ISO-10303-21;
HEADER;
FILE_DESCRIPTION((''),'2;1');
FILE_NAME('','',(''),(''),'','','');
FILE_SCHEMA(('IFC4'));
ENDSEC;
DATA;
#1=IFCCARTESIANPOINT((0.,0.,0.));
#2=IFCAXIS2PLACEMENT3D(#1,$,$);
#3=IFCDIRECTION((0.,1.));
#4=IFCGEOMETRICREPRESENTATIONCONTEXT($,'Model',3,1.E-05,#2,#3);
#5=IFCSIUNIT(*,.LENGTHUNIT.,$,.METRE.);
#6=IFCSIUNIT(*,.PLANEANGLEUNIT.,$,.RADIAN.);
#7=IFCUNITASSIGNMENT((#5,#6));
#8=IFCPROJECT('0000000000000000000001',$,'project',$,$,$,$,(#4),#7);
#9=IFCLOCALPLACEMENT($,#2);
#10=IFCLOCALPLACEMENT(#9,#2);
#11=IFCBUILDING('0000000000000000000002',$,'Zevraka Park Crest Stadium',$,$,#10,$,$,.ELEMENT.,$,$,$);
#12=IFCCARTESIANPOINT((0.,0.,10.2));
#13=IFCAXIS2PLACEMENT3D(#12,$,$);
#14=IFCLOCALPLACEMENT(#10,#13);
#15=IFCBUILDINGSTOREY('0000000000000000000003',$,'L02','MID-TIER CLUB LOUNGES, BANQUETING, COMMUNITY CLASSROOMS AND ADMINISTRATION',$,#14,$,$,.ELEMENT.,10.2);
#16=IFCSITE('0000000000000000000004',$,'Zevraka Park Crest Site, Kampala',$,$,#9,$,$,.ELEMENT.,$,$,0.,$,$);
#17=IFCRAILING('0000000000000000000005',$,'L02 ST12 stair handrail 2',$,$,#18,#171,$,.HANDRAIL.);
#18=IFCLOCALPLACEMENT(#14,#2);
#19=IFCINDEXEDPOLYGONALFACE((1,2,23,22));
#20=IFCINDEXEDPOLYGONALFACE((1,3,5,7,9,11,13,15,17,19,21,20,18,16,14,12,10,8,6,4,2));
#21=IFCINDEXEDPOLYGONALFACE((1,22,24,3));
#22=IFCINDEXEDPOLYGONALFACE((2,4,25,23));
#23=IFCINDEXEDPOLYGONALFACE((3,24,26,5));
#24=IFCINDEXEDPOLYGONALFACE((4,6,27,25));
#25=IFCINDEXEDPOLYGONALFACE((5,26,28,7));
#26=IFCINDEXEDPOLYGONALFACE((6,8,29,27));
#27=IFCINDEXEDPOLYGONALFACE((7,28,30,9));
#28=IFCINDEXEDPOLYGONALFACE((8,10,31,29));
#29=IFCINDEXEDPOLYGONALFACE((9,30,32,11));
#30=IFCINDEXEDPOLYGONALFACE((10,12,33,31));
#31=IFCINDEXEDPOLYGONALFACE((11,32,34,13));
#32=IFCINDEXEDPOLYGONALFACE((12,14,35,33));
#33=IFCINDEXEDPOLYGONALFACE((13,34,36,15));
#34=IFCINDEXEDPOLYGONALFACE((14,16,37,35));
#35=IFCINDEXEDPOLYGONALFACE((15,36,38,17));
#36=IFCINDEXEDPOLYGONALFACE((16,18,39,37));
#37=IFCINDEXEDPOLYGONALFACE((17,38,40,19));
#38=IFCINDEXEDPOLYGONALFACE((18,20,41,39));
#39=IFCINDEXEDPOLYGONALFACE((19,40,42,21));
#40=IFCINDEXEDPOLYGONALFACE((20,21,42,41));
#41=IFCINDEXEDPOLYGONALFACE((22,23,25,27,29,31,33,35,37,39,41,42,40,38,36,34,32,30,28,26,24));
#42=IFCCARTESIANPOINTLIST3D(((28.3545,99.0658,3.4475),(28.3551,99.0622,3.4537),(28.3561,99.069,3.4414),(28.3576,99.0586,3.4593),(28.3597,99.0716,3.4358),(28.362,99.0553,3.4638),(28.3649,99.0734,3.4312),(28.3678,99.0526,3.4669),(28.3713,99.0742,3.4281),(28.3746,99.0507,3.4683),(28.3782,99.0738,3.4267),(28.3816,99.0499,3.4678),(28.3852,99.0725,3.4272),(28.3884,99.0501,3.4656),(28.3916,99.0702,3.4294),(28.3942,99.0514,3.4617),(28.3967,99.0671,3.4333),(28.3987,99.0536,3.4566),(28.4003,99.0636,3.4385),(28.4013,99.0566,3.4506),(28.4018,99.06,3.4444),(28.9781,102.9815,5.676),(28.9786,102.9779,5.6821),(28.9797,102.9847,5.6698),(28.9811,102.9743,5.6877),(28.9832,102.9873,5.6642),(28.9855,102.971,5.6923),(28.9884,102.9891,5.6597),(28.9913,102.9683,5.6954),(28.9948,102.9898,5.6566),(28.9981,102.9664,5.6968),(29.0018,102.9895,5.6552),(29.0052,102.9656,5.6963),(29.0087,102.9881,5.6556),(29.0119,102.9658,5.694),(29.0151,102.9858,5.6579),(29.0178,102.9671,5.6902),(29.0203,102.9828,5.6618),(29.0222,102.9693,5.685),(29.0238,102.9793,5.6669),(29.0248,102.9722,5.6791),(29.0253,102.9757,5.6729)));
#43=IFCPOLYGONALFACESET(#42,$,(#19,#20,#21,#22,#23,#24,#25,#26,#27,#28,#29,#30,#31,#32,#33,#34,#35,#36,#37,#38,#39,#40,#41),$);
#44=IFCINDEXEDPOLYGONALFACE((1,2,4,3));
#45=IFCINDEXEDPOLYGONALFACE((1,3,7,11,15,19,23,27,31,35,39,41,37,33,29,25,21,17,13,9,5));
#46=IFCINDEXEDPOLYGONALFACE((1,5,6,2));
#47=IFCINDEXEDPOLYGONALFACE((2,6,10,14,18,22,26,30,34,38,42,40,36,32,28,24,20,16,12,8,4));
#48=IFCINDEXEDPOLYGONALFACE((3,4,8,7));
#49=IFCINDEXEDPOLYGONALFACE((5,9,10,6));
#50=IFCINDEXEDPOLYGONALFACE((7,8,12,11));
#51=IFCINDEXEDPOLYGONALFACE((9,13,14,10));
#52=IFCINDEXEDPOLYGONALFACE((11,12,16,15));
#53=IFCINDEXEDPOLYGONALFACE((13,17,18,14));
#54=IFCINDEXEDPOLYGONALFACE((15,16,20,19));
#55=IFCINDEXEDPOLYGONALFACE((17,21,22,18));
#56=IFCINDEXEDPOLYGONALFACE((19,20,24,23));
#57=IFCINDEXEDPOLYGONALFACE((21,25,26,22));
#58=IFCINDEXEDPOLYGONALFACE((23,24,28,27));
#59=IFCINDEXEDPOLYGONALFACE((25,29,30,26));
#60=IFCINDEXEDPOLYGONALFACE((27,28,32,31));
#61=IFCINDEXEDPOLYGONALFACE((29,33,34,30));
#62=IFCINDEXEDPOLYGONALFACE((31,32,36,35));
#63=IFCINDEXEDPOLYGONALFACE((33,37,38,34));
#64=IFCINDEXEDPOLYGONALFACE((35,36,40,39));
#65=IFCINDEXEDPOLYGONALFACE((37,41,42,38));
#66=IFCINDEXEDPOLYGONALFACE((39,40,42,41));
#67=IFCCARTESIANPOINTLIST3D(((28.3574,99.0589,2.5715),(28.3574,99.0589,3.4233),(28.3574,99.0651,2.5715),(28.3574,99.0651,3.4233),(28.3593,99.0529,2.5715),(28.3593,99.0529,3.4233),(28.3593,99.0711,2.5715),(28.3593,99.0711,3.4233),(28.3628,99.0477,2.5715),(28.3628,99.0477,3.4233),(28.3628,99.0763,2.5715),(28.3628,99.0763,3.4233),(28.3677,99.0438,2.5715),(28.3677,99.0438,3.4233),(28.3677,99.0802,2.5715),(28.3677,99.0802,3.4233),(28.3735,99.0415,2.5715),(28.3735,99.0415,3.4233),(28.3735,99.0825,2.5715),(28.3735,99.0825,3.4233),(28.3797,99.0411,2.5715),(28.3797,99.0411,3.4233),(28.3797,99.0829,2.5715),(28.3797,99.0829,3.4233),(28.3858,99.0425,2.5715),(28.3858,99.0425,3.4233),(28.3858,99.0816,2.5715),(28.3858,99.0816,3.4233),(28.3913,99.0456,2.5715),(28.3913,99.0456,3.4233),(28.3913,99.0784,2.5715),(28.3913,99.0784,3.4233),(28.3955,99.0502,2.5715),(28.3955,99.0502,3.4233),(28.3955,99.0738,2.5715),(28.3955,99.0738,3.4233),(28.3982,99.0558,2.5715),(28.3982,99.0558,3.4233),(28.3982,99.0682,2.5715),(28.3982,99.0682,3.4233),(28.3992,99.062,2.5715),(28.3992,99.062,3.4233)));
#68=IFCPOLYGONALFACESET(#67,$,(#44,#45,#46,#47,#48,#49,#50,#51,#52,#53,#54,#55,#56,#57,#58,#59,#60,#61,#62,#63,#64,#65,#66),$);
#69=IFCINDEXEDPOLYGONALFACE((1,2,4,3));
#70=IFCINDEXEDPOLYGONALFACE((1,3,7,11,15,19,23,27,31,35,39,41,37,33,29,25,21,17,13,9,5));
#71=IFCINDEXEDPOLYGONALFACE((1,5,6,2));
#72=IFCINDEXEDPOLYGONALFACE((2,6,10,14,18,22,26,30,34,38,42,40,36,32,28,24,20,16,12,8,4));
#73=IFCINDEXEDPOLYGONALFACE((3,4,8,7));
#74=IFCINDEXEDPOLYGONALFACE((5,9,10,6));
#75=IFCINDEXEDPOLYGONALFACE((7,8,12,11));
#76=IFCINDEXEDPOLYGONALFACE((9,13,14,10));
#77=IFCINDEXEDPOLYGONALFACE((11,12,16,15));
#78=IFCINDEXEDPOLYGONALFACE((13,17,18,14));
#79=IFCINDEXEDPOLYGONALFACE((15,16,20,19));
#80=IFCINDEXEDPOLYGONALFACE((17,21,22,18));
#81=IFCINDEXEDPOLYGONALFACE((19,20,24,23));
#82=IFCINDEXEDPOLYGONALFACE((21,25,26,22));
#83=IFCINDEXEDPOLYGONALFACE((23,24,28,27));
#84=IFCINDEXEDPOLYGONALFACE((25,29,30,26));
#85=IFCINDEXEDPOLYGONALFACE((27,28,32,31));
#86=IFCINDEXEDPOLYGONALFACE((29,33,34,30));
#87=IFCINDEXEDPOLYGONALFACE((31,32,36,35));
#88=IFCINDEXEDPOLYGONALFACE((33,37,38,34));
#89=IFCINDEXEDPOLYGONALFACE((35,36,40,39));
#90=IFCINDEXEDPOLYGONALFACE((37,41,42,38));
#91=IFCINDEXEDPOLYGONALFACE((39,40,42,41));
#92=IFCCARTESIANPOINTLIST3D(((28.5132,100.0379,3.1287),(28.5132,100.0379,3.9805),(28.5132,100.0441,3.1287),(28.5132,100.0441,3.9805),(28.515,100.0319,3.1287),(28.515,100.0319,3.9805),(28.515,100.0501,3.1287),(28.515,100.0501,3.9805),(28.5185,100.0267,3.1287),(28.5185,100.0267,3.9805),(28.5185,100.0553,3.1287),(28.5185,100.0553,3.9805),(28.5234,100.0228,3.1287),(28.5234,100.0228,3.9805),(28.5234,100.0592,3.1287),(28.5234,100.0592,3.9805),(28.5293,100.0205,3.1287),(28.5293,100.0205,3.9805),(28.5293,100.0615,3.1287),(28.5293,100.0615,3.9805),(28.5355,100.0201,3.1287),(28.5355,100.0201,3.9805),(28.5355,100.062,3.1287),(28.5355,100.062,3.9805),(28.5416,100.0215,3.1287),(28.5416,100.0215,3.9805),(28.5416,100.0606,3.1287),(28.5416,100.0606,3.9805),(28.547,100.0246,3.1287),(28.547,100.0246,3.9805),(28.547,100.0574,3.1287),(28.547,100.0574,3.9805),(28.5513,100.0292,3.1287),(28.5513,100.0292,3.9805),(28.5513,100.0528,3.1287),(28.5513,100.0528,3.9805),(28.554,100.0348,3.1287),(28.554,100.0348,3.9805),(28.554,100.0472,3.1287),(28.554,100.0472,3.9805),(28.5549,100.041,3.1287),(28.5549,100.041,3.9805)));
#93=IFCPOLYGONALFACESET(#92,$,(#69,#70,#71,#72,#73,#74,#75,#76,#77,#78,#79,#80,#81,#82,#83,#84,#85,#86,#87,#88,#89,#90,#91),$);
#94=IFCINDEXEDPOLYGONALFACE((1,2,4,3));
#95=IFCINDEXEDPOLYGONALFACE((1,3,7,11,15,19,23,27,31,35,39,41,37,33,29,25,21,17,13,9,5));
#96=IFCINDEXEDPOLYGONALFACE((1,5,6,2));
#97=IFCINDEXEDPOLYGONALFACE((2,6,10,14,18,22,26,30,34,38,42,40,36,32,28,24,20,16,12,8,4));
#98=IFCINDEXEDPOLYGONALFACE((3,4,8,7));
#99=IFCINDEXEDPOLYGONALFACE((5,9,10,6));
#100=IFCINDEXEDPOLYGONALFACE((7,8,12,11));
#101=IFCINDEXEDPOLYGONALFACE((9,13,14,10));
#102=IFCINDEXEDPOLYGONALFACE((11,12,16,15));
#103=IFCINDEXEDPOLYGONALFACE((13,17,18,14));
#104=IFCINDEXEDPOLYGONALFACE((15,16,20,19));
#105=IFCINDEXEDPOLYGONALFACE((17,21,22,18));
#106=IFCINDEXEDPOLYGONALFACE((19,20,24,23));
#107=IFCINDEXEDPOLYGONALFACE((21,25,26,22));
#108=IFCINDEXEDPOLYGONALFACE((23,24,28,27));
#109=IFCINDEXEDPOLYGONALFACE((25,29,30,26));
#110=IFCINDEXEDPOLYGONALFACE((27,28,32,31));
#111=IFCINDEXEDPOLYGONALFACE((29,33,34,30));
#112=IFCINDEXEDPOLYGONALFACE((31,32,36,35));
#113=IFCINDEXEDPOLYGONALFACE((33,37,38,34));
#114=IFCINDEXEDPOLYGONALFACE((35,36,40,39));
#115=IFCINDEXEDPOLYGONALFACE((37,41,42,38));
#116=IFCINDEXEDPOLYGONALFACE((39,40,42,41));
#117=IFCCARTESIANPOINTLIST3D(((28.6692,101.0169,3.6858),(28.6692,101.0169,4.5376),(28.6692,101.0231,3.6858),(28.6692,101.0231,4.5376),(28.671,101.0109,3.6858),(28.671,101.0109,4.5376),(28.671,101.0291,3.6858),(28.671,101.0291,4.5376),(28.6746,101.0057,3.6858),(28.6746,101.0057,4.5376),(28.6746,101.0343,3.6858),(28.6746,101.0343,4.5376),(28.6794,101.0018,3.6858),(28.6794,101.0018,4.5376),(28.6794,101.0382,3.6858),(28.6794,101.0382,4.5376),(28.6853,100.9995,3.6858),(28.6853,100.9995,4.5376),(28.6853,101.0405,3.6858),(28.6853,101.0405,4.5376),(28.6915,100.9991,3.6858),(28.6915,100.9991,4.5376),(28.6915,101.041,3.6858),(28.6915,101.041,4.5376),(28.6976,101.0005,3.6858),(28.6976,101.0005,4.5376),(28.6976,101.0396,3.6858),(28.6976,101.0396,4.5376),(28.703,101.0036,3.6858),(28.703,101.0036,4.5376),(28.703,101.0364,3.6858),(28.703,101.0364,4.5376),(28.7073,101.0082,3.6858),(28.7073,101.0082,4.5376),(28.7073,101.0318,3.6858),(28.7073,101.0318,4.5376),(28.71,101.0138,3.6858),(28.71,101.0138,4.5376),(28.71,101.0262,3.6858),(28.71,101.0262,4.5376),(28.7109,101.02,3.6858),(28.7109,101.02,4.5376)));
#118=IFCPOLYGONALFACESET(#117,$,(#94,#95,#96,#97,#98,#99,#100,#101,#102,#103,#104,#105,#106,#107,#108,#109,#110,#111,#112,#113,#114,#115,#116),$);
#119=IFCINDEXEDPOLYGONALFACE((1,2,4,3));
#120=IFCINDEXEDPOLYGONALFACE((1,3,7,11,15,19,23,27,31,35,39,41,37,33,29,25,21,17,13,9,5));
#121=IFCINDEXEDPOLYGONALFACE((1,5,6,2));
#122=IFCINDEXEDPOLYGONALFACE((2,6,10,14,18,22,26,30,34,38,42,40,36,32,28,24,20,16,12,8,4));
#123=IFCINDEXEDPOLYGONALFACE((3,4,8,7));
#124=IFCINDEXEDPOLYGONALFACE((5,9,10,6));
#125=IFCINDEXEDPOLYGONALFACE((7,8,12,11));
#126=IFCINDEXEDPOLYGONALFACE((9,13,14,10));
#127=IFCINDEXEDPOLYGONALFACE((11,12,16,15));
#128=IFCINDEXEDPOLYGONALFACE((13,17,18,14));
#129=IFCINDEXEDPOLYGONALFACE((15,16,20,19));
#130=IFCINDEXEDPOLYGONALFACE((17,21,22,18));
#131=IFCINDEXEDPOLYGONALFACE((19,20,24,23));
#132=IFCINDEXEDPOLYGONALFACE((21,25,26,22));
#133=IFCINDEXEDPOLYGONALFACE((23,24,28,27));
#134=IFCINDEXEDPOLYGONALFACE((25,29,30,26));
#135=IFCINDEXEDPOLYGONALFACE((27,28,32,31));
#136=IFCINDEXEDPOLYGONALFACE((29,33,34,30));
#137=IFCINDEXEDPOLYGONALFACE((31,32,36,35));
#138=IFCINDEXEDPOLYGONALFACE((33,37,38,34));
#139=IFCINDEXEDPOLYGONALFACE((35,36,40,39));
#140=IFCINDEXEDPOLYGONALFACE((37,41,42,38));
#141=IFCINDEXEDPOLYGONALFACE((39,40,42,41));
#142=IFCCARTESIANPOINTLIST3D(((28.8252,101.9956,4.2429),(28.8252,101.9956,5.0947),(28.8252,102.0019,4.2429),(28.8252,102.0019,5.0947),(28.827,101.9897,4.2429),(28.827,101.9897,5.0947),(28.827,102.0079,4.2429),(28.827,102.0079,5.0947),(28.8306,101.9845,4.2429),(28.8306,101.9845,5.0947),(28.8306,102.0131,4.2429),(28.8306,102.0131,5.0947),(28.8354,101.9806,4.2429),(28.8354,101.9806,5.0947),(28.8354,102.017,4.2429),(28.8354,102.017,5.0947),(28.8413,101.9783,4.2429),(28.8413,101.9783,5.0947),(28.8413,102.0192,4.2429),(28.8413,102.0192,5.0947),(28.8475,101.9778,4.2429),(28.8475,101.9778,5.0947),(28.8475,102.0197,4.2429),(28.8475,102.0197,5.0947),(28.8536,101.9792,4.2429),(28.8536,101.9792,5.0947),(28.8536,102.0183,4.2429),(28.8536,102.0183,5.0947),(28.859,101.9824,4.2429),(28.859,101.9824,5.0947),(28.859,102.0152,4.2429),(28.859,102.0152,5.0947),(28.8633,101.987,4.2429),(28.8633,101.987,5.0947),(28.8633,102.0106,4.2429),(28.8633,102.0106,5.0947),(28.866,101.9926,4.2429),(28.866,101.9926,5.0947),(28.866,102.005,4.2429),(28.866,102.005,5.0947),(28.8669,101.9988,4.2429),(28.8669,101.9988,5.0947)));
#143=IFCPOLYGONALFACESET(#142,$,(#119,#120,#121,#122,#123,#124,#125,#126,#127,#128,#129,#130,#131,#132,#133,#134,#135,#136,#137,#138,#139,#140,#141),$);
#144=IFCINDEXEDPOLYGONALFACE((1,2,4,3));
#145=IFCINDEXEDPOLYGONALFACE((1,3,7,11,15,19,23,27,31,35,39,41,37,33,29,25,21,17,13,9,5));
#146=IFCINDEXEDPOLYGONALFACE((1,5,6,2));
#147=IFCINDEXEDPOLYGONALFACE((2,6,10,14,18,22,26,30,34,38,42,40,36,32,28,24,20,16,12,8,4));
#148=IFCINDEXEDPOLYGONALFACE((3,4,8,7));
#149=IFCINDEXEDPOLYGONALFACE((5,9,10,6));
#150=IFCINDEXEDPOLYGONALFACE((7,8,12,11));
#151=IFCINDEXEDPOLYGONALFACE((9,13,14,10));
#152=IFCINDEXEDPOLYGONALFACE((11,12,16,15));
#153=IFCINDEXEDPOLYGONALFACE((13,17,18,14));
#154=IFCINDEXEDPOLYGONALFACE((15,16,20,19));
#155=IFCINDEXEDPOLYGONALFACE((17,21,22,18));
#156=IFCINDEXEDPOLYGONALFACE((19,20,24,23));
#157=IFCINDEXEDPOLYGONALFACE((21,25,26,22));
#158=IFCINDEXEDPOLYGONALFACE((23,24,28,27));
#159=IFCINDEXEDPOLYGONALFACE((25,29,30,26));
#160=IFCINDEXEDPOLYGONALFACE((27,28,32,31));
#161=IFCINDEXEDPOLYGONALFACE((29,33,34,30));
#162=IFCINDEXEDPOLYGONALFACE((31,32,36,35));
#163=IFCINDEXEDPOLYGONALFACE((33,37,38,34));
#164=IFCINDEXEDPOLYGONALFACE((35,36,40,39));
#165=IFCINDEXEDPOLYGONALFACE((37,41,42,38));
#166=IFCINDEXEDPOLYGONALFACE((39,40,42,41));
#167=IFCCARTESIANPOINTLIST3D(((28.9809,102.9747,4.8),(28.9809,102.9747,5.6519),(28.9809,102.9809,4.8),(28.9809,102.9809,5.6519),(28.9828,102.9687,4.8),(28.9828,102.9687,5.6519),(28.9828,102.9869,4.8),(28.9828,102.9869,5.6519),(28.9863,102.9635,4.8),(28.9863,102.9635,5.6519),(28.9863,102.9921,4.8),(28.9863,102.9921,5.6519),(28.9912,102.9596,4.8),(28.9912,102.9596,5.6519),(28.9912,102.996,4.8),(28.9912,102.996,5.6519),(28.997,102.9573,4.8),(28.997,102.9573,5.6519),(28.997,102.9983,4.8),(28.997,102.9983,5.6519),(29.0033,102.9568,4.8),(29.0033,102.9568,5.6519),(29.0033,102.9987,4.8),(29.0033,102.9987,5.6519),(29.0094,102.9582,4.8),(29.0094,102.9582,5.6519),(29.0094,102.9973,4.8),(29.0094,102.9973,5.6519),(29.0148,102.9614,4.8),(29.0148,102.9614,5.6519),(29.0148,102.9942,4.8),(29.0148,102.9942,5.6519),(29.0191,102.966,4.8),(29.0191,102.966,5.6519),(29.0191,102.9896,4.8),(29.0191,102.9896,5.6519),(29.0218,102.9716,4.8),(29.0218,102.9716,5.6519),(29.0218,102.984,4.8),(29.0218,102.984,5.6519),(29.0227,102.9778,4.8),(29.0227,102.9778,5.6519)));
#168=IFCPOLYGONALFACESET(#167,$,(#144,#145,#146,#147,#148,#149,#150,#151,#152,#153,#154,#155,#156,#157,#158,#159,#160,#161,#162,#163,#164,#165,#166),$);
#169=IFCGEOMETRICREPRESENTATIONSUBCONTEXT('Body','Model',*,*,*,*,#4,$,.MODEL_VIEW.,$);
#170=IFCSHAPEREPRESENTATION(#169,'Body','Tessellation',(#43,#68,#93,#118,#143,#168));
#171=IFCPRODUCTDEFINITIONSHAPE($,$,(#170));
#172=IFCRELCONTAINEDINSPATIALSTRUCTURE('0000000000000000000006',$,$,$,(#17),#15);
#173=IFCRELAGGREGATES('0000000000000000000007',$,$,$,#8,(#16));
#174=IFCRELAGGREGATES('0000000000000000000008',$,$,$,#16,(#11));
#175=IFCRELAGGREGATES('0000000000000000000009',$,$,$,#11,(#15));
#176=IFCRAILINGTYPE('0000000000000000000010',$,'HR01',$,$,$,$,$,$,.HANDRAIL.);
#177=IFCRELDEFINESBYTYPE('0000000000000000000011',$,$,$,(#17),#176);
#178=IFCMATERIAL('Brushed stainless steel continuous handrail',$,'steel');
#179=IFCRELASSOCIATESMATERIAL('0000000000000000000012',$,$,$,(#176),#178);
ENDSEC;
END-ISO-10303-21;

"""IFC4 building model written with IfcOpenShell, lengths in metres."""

from ifc_helpers import new_model, si_unit, direction, frame, origin, origin_2d, place, context, subcontext, project, spatial, circle, extrude, material, type_object, element, save


model = new_model("IFC4")

# Units and contexts
model_context = context("Model", 3, precision=1e-05, world=origin(), true_north=direction((0.0, 1.0)))
body_context = subcontext(model_context, "Body", "Model", "MODEL_VIEW")
ifc_project = project(units=[si_unit("LENGTHUNIT", "METRE"), si_unit("PLANEANGLEUNIT", "RADIAN")], contexts=[model_context])

# Site, building, storey
site_placement = place(None, origin())
site = spatial("IfcSite", under=ifc_project, at=site_placement, Name="Zevraka Park Crest Site, Kampala", CompositionType="ELEMENT", RefElevation=0.0)
building_placement = place(site_placement, origin())
building = spatial("IfcBuilding", under=site, at=building_placement, Name="Zevraka Park Crest Stadium", CompositionType="ELEMENT")
storey_placement = place(building_placement, frame((0.0, 0.0, 10.2)))
storey = spatial("IfcBuildingStorey", under=building, at=storey_placement, Name="L02", Description="MID-TIER CLUB LOUNGES, BANQUETING, COMMUNITY CLASSROOMS AND ADMINISTRATION", CompositionType="ELEMENT", Elevation=10.2)

# Railing
ifc_material_1 = material(Name="Brushed stainless steel continuous handrail", Category="steel")
railing_type_1 = type_object("IfcRailingType", Name="HR01", PredefinedType="HANDRAIL", material=ifc_material_1)
railing_1_placement = place(storey_placement, frame((28.3782, 99.062, 2.5715)))
element("IfcRailing", 1, at=railing_1_placement, inside=storey, type_object=railing_type_1, Name="L02 ST12 stair handrail 2", PredefinedType="HANDRAIL", context=body_context, shape_type="SweptSolid", body=[
    extrude(circle(Radius=0.0239, at=origin_2d()), frame((0.0, 0.0, 0.876), z_axis=(0.137088, 0.860903, 0.489951), x_axis=(-0.987558, 0.157256, 0.0)), (0.0, 0.0, 1.0), 4.5483),
    extrude(circle(Radius=0.021, at=origin_2d()), origin(), (0.0, 0.0, 1.0), 0.8518),
    extrude(circle(Radius=0.021, at=origin_2d()), frame((0.1558, 0.979, 0.5571)), (0.0, 0.0, 1.0), 0.8518),
    extrude(circle(Radius=0.021, at=origin_2d()), frame((0.3118, 1.958, 1.1143)), (0.0, 0.0, 1.0), 0.8518),
    extrude(circle(Radius=0.021, at=origin_2d()), frame((0.4678, 2.9368, 1.6714)), (0.0, 0.0, 1.0), 0.8518),
    extrude(circle(Radius=0.021, at=origin_2d()), frame((0.6235, 3.9158, 2.2285)), (0.0, 0.0, 1.0), 0.8518),
])

save(model, "model.ifc")
